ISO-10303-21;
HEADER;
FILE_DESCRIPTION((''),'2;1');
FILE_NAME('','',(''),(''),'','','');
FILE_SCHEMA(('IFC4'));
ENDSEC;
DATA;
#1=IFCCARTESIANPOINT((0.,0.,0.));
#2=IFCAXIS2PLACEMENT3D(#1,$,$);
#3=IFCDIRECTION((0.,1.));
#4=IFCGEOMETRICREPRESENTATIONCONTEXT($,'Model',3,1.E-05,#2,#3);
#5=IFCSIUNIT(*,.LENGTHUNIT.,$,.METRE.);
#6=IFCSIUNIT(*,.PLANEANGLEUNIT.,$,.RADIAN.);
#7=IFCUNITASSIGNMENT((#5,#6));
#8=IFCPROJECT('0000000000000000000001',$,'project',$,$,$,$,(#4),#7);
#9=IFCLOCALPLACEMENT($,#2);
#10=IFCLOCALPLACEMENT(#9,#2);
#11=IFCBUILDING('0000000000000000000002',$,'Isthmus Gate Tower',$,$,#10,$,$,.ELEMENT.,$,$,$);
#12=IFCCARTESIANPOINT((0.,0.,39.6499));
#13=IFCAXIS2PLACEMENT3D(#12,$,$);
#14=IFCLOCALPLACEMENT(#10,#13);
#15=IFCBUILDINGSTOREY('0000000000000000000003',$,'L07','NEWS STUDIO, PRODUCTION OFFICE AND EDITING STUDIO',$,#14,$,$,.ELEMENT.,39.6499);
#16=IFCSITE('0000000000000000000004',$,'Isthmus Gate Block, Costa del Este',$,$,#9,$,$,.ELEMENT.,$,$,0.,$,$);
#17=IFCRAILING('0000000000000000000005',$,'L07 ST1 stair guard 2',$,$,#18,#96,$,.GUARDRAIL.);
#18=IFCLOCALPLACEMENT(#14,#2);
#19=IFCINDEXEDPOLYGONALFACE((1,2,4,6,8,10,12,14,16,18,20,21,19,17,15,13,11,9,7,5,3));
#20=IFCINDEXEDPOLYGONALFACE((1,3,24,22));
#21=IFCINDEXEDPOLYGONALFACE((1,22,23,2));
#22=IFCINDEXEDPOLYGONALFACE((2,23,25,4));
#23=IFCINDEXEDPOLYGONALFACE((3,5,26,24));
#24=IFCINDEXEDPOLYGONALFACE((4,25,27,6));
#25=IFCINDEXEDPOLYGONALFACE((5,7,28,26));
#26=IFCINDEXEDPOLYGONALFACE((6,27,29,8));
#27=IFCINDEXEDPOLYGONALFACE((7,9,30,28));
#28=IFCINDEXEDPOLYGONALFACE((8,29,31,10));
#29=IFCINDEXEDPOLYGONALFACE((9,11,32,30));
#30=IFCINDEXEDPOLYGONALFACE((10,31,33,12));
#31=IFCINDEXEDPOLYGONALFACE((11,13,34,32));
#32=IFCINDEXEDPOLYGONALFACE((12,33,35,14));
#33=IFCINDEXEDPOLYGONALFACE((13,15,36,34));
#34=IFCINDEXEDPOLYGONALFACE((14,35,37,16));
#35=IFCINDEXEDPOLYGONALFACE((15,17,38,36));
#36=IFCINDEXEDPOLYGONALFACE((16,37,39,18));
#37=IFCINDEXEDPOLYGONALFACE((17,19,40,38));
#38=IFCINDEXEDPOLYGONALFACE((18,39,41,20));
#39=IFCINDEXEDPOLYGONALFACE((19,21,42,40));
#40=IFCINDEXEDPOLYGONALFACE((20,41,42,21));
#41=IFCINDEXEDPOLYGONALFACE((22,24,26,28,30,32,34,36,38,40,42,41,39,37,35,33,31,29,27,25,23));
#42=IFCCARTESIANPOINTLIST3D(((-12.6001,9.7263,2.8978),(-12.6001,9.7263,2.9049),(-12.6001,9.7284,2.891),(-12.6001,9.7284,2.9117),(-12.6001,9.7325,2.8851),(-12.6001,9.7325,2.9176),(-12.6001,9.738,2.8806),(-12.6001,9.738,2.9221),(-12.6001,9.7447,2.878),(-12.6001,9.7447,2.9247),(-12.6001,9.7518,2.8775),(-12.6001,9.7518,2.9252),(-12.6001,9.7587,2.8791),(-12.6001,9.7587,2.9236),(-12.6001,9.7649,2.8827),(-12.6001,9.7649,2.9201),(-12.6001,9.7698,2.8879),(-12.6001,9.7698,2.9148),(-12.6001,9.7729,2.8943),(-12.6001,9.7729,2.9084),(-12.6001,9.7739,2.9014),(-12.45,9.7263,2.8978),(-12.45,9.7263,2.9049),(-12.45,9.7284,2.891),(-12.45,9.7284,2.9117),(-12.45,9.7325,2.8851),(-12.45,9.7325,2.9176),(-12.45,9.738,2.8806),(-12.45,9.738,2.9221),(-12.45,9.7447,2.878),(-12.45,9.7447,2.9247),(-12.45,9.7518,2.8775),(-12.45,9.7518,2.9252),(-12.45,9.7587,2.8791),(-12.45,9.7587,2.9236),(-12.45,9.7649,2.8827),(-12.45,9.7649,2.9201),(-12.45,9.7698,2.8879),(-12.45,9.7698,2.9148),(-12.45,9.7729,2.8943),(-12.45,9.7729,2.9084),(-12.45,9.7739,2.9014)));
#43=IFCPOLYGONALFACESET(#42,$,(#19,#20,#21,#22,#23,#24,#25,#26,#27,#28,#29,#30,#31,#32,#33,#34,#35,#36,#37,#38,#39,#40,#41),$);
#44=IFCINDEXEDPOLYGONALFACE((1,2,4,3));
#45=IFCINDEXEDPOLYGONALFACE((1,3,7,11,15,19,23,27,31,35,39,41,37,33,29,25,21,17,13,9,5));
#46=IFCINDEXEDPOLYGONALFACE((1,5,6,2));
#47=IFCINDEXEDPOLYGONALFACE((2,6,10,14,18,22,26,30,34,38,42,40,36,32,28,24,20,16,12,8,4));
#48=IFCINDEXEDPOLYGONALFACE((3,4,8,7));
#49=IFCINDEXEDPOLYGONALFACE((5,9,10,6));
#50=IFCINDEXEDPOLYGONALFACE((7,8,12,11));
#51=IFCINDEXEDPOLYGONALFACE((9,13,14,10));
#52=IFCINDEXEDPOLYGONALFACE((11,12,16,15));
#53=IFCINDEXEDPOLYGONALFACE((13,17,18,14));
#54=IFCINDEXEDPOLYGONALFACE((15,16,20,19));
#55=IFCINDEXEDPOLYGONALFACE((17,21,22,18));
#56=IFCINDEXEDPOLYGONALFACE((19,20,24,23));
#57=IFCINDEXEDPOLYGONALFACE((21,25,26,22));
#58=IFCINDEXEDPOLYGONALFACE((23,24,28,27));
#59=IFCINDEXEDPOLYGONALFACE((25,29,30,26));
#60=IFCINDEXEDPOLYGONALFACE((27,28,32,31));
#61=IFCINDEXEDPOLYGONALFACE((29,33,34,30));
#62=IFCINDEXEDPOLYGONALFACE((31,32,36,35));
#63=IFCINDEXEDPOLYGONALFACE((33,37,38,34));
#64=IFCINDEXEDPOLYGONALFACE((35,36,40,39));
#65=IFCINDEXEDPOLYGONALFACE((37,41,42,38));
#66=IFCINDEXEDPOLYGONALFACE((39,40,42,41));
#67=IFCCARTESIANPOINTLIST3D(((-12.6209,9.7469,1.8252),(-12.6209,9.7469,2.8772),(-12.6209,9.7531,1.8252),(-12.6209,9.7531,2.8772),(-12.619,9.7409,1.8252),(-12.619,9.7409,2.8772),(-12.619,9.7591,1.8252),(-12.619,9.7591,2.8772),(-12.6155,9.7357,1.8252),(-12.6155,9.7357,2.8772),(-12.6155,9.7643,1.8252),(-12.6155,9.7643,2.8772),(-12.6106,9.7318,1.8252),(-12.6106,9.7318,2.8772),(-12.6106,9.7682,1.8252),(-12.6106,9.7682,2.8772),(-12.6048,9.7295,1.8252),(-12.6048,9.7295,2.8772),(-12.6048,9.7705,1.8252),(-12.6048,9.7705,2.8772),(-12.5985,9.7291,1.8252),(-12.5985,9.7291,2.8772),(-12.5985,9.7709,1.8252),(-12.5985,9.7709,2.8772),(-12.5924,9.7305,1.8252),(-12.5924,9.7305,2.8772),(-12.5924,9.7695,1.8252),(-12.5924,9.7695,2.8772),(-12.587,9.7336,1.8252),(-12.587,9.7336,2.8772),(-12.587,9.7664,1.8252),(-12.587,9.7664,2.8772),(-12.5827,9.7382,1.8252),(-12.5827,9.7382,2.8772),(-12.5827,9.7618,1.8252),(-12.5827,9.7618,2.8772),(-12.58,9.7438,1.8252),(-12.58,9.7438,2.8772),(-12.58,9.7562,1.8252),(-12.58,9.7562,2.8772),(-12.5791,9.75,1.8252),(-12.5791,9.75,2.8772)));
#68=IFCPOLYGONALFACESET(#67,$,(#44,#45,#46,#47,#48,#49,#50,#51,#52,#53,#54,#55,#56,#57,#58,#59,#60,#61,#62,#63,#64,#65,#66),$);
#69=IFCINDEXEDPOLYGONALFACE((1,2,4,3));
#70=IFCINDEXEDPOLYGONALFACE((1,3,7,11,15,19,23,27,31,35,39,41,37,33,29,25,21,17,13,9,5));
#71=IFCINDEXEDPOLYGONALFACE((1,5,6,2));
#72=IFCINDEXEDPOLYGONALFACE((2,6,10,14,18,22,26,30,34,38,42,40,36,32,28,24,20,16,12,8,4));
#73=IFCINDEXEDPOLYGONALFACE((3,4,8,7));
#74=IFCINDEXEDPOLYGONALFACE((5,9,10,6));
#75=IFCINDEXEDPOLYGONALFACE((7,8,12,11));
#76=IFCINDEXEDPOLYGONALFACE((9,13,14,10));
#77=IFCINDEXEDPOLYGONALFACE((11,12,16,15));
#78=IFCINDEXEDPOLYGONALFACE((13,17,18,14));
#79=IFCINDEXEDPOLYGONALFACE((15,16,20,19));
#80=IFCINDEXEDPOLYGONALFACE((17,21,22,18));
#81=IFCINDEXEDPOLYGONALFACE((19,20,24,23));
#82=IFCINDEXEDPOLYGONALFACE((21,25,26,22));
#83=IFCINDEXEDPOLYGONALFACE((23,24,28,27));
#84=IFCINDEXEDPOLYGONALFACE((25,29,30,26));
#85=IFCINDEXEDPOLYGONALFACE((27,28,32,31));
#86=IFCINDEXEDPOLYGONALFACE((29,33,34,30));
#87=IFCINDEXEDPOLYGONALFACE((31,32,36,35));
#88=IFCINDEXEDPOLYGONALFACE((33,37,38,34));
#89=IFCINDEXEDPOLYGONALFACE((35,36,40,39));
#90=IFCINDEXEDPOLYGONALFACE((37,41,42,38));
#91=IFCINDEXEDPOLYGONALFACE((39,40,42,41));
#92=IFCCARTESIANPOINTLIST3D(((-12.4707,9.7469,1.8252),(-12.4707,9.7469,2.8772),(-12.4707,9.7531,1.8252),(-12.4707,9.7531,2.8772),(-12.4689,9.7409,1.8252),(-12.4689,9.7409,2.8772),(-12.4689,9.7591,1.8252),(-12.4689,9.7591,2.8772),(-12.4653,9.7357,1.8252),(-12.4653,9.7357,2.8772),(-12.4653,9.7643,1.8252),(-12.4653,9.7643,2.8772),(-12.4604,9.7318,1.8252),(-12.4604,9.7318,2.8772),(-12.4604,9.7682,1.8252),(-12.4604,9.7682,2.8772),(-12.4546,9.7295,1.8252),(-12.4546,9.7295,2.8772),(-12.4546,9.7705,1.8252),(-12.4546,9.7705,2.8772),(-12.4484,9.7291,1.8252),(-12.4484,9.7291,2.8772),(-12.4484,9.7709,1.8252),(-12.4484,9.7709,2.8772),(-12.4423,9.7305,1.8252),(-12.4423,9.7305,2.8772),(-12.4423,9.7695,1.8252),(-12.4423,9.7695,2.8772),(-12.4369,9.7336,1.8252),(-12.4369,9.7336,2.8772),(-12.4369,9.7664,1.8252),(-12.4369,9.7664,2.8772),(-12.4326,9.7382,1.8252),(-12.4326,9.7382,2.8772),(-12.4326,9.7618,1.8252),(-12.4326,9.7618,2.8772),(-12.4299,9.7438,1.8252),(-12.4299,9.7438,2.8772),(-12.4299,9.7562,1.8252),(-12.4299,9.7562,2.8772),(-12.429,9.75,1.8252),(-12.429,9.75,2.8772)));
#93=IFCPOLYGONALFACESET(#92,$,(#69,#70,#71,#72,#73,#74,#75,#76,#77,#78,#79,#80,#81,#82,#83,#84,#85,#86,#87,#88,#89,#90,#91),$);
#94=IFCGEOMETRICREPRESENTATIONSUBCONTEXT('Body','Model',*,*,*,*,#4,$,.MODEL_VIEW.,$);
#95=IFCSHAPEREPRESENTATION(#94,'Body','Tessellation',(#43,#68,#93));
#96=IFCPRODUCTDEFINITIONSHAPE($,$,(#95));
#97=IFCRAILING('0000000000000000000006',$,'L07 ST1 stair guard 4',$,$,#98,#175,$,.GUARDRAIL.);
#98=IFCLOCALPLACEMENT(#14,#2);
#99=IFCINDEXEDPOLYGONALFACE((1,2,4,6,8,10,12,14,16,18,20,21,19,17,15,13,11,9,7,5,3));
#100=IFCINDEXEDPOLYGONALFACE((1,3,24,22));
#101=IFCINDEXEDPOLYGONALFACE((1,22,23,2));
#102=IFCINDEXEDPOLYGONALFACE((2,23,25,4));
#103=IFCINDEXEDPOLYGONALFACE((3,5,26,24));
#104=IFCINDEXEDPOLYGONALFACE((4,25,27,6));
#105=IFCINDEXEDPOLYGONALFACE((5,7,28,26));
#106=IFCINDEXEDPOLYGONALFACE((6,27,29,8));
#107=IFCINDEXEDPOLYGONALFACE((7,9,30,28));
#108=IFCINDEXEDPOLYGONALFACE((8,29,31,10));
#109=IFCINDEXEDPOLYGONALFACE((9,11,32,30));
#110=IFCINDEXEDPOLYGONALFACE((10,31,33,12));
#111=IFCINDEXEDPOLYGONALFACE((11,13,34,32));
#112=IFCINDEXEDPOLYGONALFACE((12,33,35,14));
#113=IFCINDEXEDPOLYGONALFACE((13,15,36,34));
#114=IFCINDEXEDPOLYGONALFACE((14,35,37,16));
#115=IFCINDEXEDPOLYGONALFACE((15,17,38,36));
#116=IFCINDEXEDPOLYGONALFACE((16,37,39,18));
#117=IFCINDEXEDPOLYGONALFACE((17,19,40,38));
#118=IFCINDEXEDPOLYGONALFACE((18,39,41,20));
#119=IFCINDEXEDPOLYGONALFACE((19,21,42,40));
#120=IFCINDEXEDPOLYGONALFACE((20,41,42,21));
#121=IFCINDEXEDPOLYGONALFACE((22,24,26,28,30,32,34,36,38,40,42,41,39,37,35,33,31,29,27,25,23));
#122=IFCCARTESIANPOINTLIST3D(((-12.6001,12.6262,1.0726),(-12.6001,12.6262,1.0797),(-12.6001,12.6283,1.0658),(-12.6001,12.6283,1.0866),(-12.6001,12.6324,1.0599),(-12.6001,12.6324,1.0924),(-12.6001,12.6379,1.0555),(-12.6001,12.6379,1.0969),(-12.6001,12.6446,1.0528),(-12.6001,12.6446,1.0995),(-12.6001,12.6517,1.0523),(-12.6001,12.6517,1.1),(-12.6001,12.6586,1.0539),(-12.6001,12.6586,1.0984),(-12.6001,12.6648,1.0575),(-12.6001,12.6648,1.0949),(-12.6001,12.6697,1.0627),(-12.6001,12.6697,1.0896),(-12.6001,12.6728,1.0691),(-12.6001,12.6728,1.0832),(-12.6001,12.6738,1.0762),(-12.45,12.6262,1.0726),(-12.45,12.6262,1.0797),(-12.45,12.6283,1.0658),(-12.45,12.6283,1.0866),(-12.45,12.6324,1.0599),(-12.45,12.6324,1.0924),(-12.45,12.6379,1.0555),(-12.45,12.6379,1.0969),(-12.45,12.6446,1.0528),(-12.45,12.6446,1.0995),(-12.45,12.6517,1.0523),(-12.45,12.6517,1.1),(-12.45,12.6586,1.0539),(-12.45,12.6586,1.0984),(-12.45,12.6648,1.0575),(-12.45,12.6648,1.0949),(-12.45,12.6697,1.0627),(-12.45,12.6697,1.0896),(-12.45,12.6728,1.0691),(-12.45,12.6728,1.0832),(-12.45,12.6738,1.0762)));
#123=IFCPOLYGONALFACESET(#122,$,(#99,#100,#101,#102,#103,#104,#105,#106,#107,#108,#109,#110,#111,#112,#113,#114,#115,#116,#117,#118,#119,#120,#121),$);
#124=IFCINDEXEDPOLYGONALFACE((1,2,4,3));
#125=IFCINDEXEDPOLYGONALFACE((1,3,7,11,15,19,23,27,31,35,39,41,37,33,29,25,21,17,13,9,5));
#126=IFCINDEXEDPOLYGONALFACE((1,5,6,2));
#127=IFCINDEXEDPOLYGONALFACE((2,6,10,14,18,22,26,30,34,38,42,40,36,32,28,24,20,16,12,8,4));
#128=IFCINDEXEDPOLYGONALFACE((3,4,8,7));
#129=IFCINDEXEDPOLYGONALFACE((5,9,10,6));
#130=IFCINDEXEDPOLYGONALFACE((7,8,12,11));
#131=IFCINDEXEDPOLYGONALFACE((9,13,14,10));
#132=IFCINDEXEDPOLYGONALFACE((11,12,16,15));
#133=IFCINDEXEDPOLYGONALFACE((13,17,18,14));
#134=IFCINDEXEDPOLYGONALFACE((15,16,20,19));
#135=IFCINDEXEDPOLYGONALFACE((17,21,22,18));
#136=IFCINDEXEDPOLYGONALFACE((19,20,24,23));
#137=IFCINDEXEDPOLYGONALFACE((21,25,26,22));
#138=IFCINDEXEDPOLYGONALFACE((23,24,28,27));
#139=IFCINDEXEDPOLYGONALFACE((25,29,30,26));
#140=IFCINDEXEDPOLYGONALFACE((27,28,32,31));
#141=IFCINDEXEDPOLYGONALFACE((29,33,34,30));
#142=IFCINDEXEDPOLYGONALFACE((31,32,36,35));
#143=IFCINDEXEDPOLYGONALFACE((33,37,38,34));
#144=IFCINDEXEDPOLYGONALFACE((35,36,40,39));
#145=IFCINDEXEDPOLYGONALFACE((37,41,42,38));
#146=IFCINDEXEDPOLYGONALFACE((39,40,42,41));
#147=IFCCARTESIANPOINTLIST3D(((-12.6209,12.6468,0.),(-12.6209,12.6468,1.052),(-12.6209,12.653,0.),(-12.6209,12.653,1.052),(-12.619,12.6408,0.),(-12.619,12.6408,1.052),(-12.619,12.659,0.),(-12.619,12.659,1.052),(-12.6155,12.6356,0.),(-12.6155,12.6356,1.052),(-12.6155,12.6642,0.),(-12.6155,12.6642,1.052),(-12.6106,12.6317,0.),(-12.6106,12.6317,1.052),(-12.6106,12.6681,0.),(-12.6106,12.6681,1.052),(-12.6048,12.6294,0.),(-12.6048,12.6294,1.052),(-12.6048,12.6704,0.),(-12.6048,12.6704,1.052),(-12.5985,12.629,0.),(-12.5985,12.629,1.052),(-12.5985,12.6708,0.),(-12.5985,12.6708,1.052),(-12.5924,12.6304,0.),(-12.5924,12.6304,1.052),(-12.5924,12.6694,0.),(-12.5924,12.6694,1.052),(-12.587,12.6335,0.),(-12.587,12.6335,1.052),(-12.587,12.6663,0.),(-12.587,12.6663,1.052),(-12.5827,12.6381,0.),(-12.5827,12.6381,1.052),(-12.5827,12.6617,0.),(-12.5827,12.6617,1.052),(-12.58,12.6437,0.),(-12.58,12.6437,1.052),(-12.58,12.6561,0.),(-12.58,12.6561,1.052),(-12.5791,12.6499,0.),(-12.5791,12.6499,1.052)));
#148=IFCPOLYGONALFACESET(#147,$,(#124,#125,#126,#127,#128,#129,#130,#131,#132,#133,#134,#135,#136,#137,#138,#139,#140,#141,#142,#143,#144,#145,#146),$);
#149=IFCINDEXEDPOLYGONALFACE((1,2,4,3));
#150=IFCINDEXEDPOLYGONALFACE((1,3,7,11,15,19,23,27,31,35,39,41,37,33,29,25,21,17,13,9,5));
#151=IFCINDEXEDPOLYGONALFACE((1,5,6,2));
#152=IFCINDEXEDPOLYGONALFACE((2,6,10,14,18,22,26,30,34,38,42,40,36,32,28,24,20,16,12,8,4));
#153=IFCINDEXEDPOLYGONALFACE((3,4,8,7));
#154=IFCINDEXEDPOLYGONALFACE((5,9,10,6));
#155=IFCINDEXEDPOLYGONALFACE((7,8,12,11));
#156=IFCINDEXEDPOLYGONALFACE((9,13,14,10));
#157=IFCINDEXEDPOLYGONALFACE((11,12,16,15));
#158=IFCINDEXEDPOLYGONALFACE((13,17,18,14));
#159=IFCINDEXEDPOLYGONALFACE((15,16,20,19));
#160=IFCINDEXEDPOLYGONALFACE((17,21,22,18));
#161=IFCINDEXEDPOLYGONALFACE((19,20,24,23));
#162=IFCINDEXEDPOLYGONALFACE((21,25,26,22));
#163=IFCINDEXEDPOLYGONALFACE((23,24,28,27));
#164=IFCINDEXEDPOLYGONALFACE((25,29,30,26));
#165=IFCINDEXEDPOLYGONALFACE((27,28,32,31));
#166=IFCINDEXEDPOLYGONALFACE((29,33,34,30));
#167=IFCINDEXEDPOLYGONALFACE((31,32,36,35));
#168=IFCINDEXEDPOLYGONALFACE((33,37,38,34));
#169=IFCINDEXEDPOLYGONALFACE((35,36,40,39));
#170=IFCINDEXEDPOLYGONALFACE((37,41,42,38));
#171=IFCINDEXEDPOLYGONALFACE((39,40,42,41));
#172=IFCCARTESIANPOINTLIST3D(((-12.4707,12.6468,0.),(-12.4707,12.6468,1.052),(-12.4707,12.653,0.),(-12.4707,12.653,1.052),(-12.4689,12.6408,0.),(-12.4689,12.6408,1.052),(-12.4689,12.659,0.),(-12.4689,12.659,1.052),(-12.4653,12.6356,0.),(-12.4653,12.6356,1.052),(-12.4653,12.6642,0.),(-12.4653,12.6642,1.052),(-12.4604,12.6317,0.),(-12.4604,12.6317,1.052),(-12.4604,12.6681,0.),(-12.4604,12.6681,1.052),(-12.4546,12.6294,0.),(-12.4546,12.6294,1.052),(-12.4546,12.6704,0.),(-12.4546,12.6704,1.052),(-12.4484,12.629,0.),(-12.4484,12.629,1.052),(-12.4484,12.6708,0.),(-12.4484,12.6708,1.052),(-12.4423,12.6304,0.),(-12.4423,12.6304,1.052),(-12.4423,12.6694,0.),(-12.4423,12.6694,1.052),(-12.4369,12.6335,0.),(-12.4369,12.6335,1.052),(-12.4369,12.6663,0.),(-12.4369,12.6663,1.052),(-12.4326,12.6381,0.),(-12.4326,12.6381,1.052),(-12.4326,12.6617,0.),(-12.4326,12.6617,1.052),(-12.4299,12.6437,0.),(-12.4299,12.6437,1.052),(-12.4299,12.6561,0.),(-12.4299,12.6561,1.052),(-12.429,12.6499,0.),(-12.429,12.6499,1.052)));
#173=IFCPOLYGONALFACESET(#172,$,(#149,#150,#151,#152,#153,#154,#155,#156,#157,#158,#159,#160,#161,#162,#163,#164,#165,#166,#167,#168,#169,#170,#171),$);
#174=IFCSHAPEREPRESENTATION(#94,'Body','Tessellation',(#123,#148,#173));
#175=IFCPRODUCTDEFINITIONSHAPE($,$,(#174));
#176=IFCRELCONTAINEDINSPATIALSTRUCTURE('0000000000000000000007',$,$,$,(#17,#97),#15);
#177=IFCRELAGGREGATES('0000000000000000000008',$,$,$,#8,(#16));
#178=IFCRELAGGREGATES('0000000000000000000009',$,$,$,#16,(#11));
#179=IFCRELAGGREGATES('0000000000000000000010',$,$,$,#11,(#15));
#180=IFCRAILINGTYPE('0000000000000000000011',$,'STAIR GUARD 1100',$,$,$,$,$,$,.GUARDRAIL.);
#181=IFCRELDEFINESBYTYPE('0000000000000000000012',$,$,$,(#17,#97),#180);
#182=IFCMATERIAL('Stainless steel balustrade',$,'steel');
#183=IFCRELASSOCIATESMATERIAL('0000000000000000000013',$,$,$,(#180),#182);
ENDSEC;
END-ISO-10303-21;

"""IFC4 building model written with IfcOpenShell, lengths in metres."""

from ifc_helpers import new_model, si_unit, direction, frame, origin, origin_2d, place, context, subcontext, project, spatial, circle, extrude, material, type_object, element, save


model = new_model("IFC4")

# Units and contexts
model_context = context("Model", 3, precision=1e-05, world=origin(), true_north=direction((0.0, 1.0)))
body_context = subcontext(model_context, "Body", "Model", "MODEL_VIEW")
ifc_project = project(units=[si_unit("LENGTHUNIT", "METRE"), si_unit("PLANEANGLEUNIT", "RADIAN")], contexts=[model_context])

# Site, building, storey
site_placement = place(None, origin())
site = spatial("IfcSite", under=ifc_project, at=site_placement, Name="Isthmus Gate Block, Costa del Este", CompositionType="ELEMENT", RefElevation=0.0)
building_placement = place(site_placement, origin())
building = spatial("IfcBuilding", under=site, at=building_placement, Name="Isthmus Gate Tower", CompositionType="ELEMENT")
storey_placement = place(building_placement, frame((0.0, 0.0, 39.6499)))
storey = spatial("IfcBuildingStorey", under=building, at=storey_placement, Name="L07", Description="NEWS STUDIO, PRODUCTION OFFICE AND EDITING STUDIO", CompositionType="ELEMENT", Elevation=39.6499)

# Railings
ifc_material_1 = material(Name="Stainless steel balustrade", Category="steel")
railing_type_1 = type_object("IfcRailingType", Name="STAIR GUARD 1100", PredefinedType="GUARDRAIL", material=ifc_material_1)
for number, where, name in (
    (1, (-12.6001, 9.75, 1.8252), "L07 ST1 stair guard 2"),
    (2, (-12.6001, 12.6499, 0.0), "L07 ST1 stair guard 4"),
):
    element("IfcRailing", number, at=place(storey_placement, frame(where)), inside=storey, type_object=railing_type_1, Name=name, PredefinedType="GUARDRAIL", context=body_context, shape_type="SweptSolid", body=[
        extrude(circle(Radius=0.0239, at=origin_2d()), frame((0.0, 0.0, 1.0762), z_axis=(1.0, 0.0, 0.0), x_axis=(0.0, 1.0, 0.0)), (0.0, 0.0, 1.0), 0.1501),
        extrude(circle(Radius=0.021, at=origin_2d()), origin(), (0.0, 0.0, 1.0), 1.052),
        extrude(circle(Radius=0.021, at=origin_2d()), frame((0.1501, 0.0, 0.0)), (0.0, 0.0, 1.0), 1.052),
    ])

save(model, "model.ifc")
